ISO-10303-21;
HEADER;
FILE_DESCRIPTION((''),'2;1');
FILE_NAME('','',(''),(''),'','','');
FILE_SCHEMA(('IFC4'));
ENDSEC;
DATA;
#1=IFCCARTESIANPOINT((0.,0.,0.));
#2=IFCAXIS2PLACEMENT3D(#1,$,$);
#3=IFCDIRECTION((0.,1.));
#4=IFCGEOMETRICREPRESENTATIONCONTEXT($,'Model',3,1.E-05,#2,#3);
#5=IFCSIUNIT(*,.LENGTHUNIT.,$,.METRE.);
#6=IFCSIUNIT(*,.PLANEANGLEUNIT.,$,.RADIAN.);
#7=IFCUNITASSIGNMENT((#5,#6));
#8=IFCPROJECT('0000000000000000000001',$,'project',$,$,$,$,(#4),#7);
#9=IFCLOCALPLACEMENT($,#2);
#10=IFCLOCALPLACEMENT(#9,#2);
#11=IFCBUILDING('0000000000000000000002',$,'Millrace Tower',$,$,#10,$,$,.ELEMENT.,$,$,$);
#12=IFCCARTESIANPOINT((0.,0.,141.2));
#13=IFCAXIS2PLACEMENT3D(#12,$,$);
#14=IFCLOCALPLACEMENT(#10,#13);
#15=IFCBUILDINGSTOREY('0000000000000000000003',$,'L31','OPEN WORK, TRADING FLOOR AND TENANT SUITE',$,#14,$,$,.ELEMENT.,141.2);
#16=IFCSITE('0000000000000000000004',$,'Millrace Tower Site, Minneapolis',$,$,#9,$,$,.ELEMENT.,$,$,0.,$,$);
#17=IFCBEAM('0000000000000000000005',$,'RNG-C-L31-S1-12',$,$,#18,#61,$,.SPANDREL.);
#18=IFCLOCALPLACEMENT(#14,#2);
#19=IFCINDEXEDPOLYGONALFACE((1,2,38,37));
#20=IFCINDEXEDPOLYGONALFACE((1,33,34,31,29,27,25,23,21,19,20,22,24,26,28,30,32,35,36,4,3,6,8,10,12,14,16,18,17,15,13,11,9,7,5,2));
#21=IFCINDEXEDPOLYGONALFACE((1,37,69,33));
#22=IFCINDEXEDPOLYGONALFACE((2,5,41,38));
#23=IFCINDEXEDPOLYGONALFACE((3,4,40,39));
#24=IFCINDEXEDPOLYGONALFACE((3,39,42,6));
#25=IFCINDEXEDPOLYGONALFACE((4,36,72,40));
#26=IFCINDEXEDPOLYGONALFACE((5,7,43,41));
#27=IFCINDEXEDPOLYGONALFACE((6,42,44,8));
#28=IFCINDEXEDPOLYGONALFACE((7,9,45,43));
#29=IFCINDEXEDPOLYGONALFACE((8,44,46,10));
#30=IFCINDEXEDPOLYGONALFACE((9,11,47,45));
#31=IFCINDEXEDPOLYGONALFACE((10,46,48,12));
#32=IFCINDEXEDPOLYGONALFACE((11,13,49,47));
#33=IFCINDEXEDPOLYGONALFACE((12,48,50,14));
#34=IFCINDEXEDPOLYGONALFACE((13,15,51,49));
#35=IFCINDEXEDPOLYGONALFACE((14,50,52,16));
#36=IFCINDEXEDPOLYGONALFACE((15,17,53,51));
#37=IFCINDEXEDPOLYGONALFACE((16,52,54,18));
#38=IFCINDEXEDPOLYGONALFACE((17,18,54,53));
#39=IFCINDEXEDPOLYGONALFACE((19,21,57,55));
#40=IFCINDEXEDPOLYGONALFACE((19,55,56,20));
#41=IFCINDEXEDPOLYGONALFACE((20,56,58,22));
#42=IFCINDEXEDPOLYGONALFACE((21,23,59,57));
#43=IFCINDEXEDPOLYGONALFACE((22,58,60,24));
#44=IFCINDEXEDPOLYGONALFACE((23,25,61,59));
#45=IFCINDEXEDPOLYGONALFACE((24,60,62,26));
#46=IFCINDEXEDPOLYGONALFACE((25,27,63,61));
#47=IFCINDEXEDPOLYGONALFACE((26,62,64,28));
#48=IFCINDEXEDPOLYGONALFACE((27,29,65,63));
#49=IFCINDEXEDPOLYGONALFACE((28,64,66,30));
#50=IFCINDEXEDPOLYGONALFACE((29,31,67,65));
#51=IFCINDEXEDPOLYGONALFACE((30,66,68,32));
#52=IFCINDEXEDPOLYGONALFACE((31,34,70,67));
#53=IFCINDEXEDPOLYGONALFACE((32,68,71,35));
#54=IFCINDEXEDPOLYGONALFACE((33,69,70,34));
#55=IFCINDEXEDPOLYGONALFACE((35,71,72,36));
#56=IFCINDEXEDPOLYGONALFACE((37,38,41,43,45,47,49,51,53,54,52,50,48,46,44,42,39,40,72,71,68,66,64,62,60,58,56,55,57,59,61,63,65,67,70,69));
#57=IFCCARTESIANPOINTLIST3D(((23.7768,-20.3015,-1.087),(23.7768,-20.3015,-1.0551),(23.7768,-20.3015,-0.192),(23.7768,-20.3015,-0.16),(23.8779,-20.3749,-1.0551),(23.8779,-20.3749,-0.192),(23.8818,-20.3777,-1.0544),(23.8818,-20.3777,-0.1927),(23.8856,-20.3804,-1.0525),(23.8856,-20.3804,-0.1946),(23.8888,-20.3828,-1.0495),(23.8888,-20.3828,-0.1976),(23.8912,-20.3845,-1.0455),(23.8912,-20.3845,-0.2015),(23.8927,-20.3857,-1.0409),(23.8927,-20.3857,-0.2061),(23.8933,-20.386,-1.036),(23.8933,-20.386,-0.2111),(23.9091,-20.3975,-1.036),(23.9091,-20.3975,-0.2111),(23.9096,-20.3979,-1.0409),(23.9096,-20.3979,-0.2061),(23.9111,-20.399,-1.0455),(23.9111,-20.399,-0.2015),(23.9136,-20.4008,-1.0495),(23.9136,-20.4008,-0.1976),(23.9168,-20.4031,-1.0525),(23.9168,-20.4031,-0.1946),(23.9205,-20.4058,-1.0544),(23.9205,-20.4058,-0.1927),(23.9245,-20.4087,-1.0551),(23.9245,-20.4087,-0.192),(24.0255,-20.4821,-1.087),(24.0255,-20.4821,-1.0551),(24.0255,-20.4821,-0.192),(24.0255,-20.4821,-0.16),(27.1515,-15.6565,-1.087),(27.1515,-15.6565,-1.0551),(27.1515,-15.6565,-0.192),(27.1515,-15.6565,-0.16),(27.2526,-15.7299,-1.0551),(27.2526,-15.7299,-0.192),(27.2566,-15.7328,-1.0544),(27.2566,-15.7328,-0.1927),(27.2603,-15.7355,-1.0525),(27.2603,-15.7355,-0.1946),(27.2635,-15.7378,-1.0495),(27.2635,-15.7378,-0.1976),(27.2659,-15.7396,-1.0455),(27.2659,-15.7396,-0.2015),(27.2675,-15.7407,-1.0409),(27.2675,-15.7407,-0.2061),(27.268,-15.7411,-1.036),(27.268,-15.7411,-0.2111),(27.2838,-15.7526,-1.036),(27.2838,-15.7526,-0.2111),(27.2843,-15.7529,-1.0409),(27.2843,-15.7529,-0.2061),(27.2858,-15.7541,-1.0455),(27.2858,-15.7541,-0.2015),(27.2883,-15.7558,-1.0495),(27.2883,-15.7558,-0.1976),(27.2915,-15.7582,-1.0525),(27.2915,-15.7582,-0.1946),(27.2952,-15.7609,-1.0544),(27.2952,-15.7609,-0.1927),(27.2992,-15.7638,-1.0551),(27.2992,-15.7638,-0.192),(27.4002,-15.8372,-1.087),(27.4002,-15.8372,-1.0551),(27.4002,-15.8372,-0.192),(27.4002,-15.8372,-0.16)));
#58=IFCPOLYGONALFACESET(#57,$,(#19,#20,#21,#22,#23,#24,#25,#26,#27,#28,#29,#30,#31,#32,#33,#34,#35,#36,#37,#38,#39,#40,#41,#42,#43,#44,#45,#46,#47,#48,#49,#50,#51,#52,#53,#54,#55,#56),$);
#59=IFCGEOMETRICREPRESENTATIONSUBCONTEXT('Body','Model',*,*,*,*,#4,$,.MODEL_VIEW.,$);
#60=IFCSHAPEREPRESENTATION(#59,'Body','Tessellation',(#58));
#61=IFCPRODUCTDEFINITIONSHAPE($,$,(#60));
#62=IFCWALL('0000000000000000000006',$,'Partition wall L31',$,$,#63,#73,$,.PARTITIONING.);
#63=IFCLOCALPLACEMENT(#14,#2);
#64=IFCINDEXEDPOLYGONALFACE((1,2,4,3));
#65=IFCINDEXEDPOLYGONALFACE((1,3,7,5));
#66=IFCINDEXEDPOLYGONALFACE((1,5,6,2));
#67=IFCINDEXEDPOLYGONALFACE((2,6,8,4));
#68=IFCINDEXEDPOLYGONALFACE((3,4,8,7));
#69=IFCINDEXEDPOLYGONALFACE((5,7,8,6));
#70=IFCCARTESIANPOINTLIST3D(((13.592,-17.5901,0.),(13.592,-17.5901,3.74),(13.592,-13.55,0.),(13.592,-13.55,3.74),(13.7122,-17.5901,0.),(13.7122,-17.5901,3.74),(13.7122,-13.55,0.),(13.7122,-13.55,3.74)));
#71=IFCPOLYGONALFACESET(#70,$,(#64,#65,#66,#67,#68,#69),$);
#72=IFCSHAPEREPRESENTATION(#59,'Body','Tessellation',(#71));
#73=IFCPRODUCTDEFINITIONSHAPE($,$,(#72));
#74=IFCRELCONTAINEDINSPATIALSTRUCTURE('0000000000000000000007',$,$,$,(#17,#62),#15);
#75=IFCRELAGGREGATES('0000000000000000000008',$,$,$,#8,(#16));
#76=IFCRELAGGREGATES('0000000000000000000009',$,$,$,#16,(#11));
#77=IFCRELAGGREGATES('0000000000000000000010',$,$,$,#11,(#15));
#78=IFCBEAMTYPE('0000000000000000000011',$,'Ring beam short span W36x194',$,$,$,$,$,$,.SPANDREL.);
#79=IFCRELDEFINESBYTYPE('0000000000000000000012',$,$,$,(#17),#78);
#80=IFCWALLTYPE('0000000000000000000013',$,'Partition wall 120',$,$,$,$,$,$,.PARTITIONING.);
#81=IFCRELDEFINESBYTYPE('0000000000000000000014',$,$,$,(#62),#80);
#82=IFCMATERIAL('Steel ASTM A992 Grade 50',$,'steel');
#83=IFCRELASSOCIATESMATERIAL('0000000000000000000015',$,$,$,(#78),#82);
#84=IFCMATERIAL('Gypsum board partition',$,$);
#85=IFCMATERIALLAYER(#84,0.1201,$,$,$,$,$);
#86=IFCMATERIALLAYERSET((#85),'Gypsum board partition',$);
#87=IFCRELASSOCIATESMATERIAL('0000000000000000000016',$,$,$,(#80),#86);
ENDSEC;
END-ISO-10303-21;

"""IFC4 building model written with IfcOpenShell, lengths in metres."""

from ifc_helpers import new_model, si_unit, direction, frame, frame_2d, origin, origin_2d, place, context, subcontext, project, spatial, rectangle, i_section, extrude, material, layer, layer_set, material_profile, profile_set, type_object, element, save


model = new_model("IFC4")

# Units and contexts
model_context = context("Model", 3, precision=1e-05, world=origin(), true_north=direction((0.0, 1.0)))
body_context = subcontext(model_context, "Body", "Model", "MODEL_VIEW")
ifc_project = project(units=[si_unit("LENGTHUNIT", "METRE"), si_unit("PLANEANGLEUNIT", "RADIAN")], contexts=[model_context])

# Site, building, storey
site_placement = place(None, origin())
site = spatial("IfcSite", under=ifc_project, at=site_placement, Name="Millrace Tower Site, Minneapolis", CompositionType="ELEMENT", RefElevation=0.0)
building_placement = place(site_placement, origin())
building = spatial("IfcBuilding", under=site, at=building_placement, Name="Millrace Tower", CompositionType="ELEMENT")
storey_placement = place(building_placement, frame((0.0, 0.0, 141.2)))
storey = spatial("IfcBuildingStorey", under=building, at=storey_placement, Name="L31", Description="OPEN WORK, TRADING FLOOR AND TENANT SUITE", CompositionType="ELEMENT", Elevation=141.2)

# Beam
ifc_material_1 = material(Name="Steel ASTM A992 Grade 50", Category="steel")
ifc_material_profile_1 = material_profile(ifc_material_1, i_section(OverallWidth=0.3074, OverallDepth=0.927, WebThickness=0.0195, FlangeThickness=0.032, FilletRadius=0.019, at=origin_2d()))
ifc_profile_set_1 = profile_set([ifc_material_profile_1], Name="Steel ASTM A992 Grade 50")
beam_type_1 = type_object("IfcBeamType", Name="Ring beam short span W36x194", PredefinedType="SPANDREL", material=ifc_profile_set_1)
beam_1_placement = place(storey_placement, frame((27.2759, -15.7468, -0.6235), z_axis=(-0.58778, -0.809021, 0.0), x_axis=(0.809021, -0.58778, 0.0)))
element("IfcBeam", 1, at=beam_1_placement, inside=storey, type_object=beam_type_1, Name="RNG-C-L31-S1-12", PredefinedType="SPANDREL", context=body_context, shape_type="SweptSolid", body=[
    extrude(i_section(OverallWidth=0.3074, OverallDepth=0.927, WebThickness=0.0195, FlangeThickness=0.032, FilletRadius=0.019, at=origin_2d()), origin(), (0.0, 0.0, 1.0), 5.7415),
])

# Wall
ifc_material_2 = material(Name="Gypsum board partition")
ifc_layer_1 = layer(ifc_material_2, 0.1201)
ifc_layer_set_1 = layer_set([ifc_layer_1], Name="Gypsum board partition")
wall_type = type_object("IfcWallType", Name="Partition wall 120", PredefinedType="PARTITIONING", material=ifc_layer_set_1)
wall_placement = place(storey_placement, frame((13.6521, -17.5901, 0.0), z_axis=(0.0, 0.0, 1.0), x_axis=(0.0, 1.0, 0.0)))
element("IfcWall", 2, at=wall_placement, inside=storey, type_object=wall_type, Name="Partition wall L31", PredefinedType="PARTITIONING", context=body_context, shape_type="SweptSolid", body=[
    extrude(rectangle(XDim=4.04, YDim=0.1201, at=frame_2d((2.02, 0.0))), origin(), (0.0, 0.0, 1.0), 3.74),
])

save(model, "model.ifc")
